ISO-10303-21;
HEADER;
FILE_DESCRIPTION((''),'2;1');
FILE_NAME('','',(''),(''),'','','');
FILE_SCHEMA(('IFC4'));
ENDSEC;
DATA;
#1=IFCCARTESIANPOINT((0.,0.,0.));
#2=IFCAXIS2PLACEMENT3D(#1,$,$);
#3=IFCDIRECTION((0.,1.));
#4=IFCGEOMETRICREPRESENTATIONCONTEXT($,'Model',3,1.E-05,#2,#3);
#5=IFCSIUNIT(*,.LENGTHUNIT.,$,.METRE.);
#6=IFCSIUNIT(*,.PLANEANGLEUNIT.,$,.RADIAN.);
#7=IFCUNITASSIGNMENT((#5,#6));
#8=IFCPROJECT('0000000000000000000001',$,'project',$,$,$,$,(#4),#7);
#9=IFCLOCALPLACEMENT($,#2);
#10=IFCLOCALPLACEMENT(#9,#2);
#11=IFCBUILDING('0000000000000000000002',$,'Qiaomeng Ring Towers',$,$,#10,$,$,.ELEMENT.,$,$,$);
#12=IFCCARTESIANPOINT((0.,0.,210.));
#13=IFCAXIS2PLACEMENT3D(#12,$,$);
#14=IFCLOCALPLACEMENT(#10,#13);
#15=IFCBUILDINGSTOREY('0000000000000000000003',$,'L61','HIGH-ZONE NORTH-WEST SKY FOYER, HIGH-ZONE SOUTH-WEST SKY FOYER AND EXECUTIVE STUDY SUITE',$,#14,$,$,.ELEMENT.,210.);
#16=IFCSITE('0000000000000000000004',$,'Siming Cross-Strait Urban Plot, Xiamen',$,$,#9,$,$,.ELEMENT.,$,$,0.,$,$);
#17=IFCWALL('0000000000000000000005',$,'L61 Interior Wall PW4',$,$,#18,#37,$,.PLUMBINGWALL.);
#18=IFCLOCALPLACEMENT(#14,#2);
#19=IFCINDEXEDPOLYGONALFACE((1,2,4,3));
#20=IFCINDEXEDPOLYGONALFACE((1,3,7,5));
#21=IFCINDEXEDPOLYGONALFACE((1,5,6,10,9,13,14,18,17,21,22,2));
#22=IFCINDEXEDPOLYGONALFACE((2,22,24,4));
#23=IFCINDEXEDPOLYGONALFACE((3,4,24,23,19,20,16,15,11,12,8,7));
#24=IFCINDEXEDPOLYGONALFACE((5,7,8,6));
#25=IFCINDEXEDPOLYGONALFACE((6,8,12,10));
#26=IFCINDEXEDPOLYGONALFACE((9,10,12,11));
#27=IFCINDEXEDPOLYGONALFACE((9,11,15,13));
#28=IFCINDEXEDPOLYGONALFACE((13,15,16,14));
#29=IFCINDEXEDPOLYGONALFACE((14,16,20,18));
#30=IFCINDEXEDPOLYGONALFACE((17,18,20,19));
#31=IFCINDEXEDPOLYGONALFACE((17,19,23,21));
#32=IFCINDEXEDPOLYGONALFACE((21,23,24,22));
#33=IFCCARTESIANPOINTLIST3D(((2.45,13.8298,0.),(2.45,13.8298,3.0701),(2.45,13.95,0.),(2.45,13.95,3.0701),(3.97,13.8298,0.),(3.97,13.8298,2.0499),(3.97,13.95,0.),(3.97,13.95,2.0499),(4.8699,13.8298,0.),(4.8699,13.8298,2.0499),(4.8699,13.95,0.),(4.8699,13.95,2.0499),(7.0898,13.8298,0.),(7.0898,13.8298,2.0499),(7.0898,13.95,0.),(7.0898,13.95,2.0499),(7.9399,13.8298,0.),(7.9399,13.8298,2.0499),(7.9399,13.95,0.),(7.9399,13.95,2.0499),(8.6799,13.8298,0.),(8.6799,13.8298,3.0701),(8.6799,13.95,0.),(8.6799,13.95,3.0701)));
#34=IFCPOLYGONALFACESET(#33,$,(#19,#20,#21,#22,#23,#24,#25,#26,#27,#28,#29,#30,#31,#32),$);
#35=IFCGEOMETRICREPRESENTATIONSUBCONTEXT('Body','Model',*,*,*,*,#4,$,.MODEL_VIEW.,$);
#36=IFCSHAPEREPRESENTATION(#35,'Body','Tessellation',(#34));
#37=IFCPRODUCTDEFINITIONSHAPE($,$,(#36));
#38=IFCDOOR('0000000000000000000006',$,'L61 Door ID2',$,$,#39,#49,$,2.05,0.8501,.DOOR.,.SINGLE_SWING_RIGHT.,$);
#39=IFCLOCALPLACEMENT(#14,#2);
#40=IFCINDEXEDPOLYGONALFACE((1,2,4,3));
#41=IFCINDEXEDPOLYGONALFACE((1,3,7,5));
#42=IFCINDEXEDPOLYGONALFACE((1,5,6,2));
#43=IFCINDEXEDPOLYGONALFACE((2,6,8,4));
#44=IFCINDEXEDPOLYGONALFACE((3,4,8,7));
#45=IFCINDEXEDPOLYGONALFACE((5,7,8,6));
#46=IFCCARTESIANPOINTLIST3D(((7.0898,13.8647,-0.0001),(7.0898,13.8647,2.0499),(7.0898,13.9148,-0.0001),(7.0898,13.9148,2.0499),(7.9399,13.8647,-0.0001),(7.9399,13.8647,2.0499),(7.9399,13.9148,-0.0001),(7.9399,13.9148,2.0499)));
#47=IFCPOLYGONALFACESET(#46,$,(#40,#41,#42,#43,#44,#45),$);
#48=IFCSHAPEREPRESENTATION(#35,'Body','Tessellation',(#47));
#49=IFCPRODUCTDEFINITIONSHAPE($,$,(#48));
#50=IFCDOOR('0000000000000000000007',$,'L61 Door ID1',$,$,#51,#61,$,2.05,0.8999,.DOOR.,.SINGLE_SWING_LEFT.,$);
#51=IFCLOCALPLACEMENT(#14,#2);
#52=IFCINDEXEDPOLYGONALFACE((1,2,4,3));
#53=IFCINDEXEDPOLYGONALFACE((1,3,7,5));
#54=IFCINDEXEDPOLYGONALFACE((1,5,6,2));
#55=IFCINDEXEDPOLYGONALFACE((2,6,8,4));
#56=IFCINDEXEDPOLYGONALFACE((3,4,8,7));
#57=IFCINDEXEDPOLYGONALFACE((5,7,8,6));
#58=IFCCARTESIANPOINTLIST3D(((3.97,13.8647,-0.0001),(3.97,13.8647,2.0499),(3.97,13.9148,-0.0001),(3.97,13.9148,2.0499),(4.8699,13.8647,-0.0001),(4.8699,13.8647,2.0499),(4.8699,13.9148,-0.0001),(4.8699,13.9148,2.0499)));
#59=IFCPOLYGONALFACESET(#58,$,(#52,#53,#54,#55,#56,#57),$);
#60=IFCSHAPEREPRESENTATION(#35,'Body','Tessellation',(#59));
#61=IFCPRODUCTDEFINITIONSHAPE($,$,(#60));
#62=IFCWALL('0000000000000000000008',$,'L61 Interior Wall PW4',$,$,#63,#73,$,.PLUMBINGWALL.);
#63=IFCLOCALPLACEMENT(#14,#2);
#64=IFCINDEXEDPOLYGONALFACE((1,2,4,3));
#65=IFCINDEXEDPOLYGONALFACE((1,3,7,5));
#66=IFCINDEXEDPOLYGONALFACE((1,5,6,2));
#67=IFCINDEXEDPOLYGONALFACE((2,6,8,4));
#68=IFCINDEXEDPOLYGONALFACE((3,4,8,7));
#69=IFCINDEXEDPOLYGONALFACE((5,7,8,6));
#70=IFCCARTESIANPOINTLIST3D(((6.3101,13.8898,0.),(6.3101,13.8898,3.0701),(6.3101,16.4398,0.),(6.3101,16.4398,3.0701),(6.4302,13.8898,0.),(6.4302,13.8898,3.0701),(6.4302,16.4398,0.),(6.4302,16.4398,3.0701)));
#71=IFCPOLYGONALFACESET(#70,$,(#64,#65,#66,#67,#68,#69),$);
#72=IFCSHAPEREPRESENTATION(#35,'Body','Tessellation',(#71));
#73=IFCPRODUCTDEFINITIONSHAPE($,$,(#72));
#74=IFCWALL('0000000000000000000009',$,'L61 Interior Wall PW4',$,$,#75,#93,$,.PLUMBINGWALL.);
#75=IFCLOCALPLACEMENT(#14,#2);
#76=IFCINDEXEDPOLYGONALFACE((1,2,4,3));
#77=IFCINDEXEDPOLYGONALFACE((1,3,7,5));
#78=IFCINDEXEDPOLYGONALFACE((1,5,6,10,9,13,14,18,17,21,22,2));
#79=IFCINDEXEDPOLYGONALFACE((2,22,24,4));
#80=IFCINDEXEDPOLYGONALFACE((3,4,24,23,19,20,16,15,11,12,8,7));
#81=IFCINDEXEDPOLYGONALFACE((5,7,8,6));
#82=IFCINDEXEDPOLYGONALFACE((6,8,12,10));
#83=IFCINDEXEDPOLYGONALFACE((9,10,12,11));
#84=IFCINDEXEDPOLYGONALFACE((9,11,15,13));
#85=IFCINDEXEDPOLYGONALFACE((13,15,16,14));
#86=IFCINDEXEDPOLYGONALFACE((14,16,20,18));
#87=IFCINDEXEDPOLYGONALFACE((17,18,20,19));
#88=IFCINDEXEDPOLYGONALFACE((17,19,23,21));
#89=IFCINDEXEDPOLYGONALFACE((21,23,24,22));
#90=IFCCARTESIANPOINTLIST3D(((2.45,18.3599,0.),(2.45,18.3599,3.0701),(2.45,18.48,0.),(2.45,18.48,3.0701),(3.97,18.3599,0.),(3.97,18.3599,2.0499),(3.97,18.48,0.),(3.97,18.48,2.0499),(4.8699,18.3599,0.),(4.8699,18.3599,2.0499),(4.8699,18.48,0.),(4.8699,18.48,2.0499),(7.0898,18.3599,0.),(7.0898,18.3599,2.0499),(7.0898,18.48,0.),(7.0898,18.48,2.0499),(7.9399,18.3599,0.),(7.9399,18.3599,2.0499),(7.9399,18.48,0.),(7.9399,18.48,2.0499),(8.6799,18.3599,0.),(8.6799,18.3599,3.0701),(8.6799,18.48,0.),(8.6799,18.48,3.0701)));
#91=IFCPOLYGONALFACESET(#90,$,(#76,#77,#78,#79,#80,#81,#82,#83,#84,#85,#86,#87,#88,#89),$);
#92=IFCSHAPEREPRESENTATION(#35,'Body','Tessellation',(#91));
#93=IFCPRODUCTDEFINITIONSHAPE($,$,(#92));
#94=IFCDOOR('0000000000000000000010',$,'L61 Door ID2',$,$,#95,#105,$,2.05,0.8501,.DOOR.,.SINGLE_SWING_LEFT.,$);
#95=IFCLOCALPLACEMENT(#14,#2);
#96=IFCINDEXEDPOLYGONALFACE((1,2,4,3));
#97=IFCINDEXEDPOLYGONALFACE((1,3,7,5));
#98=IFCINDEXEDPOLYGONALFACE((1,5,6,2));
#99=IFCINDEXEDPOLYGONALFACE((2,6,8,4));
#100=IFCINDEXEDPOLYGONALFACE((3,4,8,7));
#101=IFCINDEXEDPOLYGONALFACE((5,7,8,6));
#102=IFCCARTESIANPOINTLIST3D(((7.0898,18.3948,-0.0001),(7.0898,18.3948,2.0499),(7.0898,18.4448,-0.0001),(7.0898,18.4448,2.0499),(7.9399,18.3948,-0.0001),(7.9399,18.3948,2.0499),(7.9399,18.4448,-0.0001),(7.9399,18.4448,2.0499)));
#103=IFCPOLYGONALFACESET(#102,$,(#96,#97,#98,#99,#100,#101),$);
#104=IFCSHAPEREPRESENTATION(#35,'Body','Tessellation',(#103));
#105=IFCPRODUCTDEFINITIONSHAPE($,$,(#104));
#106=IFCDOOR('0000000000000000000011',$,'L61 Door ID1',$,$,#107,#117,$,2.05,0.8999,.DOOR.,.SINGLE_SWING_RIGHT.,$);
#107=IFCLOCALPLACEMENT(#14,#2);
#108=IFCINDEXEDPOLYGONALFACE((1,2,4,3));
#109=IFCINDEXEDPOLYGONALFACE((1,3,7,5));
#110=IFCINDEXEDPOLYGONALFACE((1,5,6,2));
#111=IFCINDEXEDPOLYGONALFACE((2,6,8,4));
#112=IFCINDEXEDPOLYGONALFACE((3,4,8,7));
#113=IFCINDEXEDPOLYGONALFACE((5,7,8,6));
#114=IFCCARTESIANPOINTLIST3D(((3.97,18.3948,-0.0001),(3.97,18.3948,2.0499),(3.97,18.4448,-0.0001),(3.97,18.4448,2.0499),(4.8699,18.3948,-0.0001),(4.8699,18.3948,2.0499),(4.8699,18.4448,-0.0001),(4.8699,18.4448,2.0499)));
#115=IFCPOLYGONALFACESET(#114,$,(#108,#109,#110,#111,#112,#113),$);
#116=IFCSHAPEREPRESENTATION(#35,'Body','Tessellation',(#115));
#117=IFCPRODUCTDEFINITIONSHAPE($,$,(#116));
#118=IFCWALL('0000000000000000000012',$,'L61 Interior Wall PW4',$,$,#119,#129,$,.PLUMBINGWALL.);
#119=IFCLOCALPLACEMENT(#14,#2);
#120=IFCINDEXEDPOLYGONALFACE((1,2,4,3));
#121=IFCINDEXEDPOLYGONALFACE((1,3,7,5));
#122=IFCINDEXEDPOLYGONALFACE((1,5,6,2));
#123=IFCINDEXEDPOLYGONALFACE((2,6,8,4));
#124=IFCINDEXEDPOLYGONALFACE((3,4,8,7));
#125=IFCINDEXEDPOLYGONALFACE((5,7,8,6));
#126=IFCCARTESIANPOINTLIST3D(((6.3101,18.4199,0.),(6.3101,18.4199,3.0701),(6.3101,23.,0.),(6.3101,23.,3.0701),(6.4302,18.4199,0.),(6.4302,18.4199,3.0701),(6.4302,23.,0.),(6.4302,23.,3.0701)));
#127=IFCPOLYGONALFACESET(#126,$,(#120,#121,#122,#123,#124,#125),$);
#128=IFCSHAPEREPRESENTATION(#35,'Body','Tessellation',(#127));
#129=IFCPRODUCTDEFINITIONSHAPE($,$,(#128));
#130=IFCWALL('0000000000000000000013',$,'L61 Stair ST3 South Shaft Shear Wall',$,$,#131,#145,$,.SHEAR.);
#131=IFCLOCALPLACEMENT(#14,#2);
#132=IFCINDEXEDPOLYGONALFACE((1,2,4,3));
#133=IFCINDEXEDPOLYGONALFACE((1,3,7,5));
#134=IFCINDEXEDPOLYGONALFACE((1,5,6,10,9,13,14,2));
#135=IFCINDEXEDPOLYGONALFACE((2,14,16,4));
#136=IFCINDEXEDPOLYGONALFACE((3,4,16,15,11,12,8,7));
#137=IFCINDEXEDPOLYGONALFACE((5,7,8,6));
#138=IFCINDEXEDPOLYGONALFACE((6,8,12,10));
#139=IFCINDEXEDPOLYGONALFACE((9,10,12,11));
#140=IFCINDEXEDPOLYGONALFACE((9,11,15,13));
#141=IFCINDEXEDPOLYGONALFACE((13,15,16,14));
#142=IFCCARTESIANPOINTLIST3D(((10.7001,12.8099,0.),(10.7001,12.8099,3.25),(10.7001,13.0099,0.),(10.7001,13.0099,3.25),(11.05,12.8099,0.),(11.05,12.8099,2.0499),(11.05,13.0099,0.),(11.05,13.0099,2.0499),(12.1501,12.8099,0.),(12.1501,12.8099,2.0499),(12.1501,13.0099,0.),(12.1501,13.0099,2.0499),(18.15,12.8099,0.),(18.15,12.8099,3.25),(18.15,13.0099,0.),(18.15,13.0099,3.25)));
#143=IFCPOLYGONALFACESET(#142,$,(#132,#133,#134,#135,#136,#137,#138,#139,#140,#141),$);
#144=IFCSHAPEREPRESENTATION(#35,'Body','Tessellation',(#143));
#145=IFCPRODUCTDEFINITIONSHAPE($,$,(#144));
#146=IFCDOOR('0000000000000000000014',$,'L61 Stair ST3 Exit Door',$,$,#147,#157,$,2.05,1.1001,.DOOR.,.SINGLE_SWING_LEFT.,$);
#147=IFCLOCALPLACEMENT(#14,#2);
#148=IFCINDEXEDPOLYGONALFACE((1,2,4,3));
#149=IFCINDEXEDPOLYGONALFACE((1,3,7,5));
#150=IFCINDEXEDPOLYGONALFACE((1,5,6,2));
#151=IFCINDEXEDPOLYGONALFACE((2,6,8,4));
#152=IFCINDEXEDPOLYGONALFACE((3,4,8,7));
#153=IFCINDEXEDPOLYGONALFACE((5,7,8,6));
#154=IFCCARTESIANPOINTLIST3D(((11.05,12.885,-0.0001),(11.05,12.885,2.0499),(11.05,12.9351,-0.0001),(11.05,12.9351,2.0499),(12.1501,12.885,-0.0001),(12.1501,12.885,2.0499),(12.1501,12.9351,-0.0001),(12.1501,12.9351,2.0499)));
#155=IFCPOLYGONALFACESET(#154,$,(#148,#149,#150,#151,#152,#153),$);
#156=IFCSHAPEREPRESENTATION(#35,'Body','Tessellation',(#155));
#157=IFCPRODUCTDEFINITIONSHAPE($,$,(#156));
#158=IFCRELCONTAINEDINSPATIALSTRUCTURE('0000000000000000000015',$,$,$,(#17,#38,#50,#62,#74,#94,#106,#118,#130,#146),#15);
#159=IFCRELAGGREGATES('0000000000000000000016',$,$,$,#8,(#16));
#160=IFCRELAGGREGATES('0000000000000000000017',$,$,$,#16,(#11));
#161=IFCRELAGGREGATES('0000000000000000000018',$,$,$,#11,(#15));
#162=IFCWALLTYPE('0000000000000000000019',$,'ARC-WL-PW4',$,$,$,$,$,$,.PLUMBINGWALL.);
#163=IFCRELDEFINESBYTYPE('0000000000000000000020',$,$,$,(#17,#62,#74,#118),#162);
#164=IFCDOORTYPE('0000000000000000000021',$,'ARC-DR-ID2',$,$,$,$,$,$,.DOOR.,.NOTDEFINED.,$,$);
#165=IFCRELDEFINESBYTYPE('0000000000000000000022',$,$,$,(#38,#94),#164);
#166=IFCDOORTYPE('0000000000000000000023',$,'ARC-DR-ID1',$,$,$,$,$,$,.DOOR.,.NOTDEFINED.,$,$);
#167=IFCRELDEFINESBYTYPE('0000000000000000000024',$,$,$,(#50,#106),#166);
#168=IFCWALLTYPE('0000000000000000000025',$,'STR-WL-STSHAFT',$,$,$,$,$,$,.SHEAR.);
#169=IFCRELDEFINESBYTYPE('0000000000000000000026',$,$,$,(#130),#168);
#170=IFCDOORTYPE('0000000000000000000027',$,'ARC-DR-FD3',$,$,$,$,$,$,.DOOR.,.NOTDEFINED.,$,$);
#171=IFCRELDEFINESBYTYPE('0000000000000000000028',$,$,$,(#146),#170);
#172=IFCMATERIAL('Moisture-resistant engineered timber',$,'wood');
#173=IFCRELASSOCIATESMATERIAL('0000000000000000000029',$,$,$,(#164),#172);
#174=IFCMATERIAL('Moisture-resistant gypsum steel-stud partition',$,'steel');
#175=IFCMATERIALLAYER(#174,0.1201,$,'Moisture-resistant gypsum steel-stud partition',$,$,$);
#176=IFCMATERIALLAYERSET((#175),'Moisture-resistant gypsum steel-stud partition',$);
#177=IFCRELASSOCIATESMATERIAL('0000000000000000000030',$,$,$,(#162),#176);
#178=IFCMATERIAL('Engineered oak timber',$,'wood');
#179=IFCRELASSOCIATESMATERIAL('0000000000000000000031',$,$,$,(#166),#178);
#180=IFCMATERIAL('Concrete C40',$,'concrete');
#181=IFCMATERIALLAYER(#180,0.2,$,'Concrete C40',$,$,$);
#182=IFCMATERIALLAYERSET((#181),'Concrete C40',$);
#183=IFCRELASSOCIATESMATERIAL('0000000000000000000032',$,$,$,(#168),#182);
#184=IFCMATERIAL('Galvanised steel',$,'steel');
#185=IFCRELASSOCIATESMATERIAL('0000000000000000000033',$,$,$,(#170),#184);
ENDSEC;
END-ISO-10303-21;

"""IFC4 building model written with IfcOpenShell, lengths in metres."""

from ifc_helpers import new_model, si_unit, direction, frame, frame_2d, origin, place, context, subcontext, project, spatial, rectangle, extrude, source, transform, mapped, material, layer, layer_set, type_object, element, fill, save


model = new_model("IFC4")

# Units and contexts
model_context = context("Model", 3, precision=1e-05, world=origin(), true_north=direction((0.0, 1.0)))
body_context = subcontext(model_context, "Body", "Model", "MODEL_VIEW")
ifc_project = project(units=[si_unit("LENGTHUNIT", "METRE"), si_unit("PLANEANGLEUNIT", "RADIAN")], contexts=[model_context])

# Site, building, storey
site_placement = place(None, origin())
site = spatial("IfcSite", under=ifc_project, at=site_placement, Name="Siming Cross-Strait Urban Plot, Xiamen", CompositionType="ELEMENT", RefElevation=0.0)
building_placement = place(site_placement, origin())
building = spatial("IfcBuilding", under=site, at=building_placement, Name="Qiaomeng Ring Towers", CompositionType="ELEMENT")
storey_placement = place(building_placement, frame((0.0, 0.0, 210.0)))
storey = spatial("IfcBuildingStorey", under=building, at=storey_placement, Name="L61", Description="HIGH-ZONE NORTH-WEST SKY FOYER, HIGH-ZONE SOUTH-WEST SKY FOYER AND EXECUTIVE STUDY SUITE", CompositionType="ELEMENT", Elevation=210.0)

# Shared definitions
ifc_material_1 = material(Name="Concrete C40", Category="concrete")

# Shared definitions
ifc_material_2 = material(Name="Moisture-resistant engineered timber", Category="wood")
door_type_1 = type_object("IfcDoorType", Name="ARC-DR-ID2", OperationType="NOTDEFINED", PredefinedType="DOOR", material=ifc_material_2)
shared_shape_1 = source(origin(), body_context, "Body", "SweptSolid", [
    extrude(rectangle(XDim=0.8501, YDim=2.05, at=frame_2d((0.425, 1.0249))), frame((0.0, 0.0249, 0.0), z_axis=(0.0, -1.0, 0.0), x_axis=(1.0, 0.0, 0.0)), (0.0, 0.0, 1.0), 0.05),
])

# Wall, openings, doors
ifc_material_3 = material(Name="Moisture-resistant gypsum steel-stud partition", Category="steel")
ifc_layer_1 = layer(ifc_material_3, 0.1201, Name="Moisture-resistant gypsum steel-stud partition")
ifc_layer_set_1 = layer_set([ifc_layer_1], Name="Moisture-resistant gypsum steel-stud partition")
wall_type_1 = type_object("IfcWallType", Name="ARC-WL-PW4", PredefinedType="PLUMBINGWALL", material=ifc_layer_set_1)
wall_1_placement = place(storey_placement, frame((2.45, 13.8899, 0.0), z_axis=(0.0, 0.0, 1.0), x_axis=(1.0, 0.0, 0.0)))
wall_1 = element("IfcWall", 1, at=wall_1_placement, inside=storey, type_object=wall_type_1, Name="L61 Interior Wall PW4", PredefinedType="PLUMBINGWALL", context=body_context, shape_type="SweptSolid", body=[
    extrude(rectangle(XDim=6.23, YDim=0.1201, at=frame_2d((3.115, 0.0))), origin(), (0.0, 0.0, 1.0), 3.0701),
])
opening_1_placement = place(wall_1_placement, frame((1.52, 0.0, 0.0)))
opening_1 = element("IfcOpeningElement", 2, at=opening_1_placement, cuts=wall_1, PredefinedType="OPENING", context=body_context, shape_type="SweptSolid", body=[
    extrude(rectangle(XDim=0.8999, YDim=2.05, at=frame_2d((0.45, 1.0249))), frame((0.0, 0.0701, 0.0), z_axis=(0.0, -1.0, 0.0), x_axis=(1.0, 0.0, 0.0)), (0.0, 0.0, 1.0), 0.1401),
])
opening_2_placement = place(wall_1_placement, frame((4.6399, 0.0, 0.0)))
opening_2 = element("IfcOpeningElement", 3, at=opening_2_placement, cuts=wall_1, PredefinedType="OPENING", context=body_context, shape_type="SweptSolid", body=[
    extrude(rectangle(XDim=0.8501, YDim=2.05, at=frame_2d((0.425, 1.0249))), frame((0.0, 0.0701, 0.0), z_axis=(0.0, -1.0, 0.0), x_axis=(1.0, 0.0, 0.0)), (0.0, 0.0, 1.0), 0.1401),
])
door_1_placement = place(opening_2_placement, origin())
door_1 = element("IfcDoor", 4, at=door_1_placement, inside=storey, type_object=door_type_1, Name="L61 Door ID2", OperationType="SINGLE_SWING_RIGHT", OverallHeight=2.05, OverallWidth=0.8501, PredefinedType="DOOR", context=body_context, shape_type="MappedRepresentation", body=[
    mapped(shared_shape_1, transform((0.0, 0.0, 0.0), x_axis=(1.0, 0.0, 0.0), y_axis=(0.0, 1.0, 0.0), z_axis=(0.0, 0.0, 1.0), scale=1.0)),
])
fill(opening_2, door_1)
ifc_material_4 = material(Name="Engineered oak timber", Category="wood")
door_type_2 = type_object("IfcDoorType", Name="ARC-DR-ID1", OperationType="NOTDEFINED", PredefinedType="DOOR", material=ifc_material_4)
shared_shape_2 = source(origin(), body_context, "Body", "SweptSolid", [
    extrude(rectangle(XDim=0.8999, YDim=2.05, at=frame_2d((0.45, 1.0249))), frame((0.0, 0.0249, 0.0), z_axis=(0.0, -1.0, 0.0), x_axis=(1.0, 0.0, 0.0)), (0.0, 0.0, 1.0), 0.05),
])
door_2_placement = place(opening_1_placement, origin())
door_2 = element("IfcDoor", 5, at=door_2_placement, inside=storey, type_object=door_type_2, Name="L61 Door ID1", OperationType="SINGLE_SWING_LEFT", OverallHeight=2.05, OverallWidth=0.8999, PredefinedType="DOOR", context=body_context, shape_type="MappedRepresentation", body=[
    mapped(shared_shape_2, transform((0.0, 0.0, 0.0), x_axis=(1.0, 0.0, 0.0), y_axis=(0.0, 1.0, 0.0), z_axis=(0.0, 0.0, 1.0), scale=1.0)),
])
fill(opening_1, door_2)

# Wall
wall_2_placement = place(storey_placement, frame((6.3701, 13.8899, 0.0), z_axis=(0.0, 0.0, 1.0), x_axis=(0.0, 1.0, 0.0)))
element("IfcWall", 6, at=wall_2_placement, inside=storey, type_object=wall_type_1, Name="L61 Interior Wall PW4", PredefinedType="PLUMBINGWALL", context=body_context, shape_type="SweptSolid", body=[
    extrude(rectangle(XDim=2.55, YDim=0.1201, at=frame_2d((1.2749, 0.0))), origin(), (0.0, 0.0, 1.0), 3.0701),
])

# Wall, openings, doors
wall_3_placement = place(storey_placement, frame((2.45, 18.4199, 0.0), z_axis=(0.0, 0.0, 1.0), x_axis=(1.0, 0.0, 0.0)))
wall_3 = element("IfcWall", 7, at=wall_3_placement, inside=storey, type_object=wall_type_1, Name="L61 Interior Wall PW4", PredefinedType="PLUMBINGWALL", context=body_context, shape_type="SweptSolid", body=[
    extrude(rectangle(XDim=6.23, YDim=0.1201, at=frame_2d((3.115, 0.0))), origin(), (0.0, 0.0, 1.0), 3.0701),
])
opening_3_placement = place(wall_3_placement, frame((1.52, 0.0, 0.0)))
opening_3 = element("IfcOpeningElement", 8, at=opening_3_placement, cuts=wall_3, PredefinedType="OPENING", context=body_context, shape_type="SweptSolid", body=[
    extrude(rectangle(XDim=0.8999, YDim=2.05, at=frame_2d((0.45, 1.0249))), frame((0.0, 0.0701, 0.0), z_axis=(0.0, -1.0, 0.0), x_axis=(1.0, 0.0, 0.0)), (0.0, 0.0, 1.0), 0.1401),
])
opening_4_placement = place(wall_3_placement, frame((4.6399, 0.0, 0.0)))
opening_4 = element("IfcOpeningElement", 9, at=opening_4_placement, cuts=wall_3, PredefinedType="OPENING", context=body_context, shape_type="SweptSolid", body=[
    extrude(rectangle(XDim=0.8501, YDim=2.05, at=frame_2d((0.425, 1.0249))), frame((0.0, 0.0701, 0.0), z_axis=(0.0, -1.0, 0.0), x_axis=(1.0, 0.0, 0.0)), (0.0, 0.0, 1.0), 0.1401),
])
door_3_placement = place(opening_4_placement, origin())
door_3 = element("IfcDoor", 10, at=door_3_placement, inside=storey, type_object=door_type_1, Name="L61 Door ID2", OperationType="SINGLE_SWING_LEFT", OverallHeight=2.05, OverallWidth=0.8501, PredefinedType="DOOR", context=body_context, shape_type="MappedRepresentation", body=[
    mapped(shared_shape_1, transform((0.0, 0.0, 0.0), x_axis=(1.0, 0.0, 0.0), y_axis=(0.0, 1.0, 0.0), z_axis=(0.0, 0.0, 1.0), scale=1.0)),
])
fill(opening_4, door_3)
door_4_placement = place(opening_3_placement, origin())
door_4 = element("IfcDoor", 11, at=door_4_placement, inside=storey, type_object=door_type_2, Name="L61 Door ID1", OperationType="SINGLE_SWING_RIGHT", OverallHeight=2.05, OverallWidth=0.8999, PredefinedType="DOOR", context=body_context, shape_type="MappedRepresentation", body=[
    mapped(shared_shape_2, transform((0.0, 0.0, 0.0), x_axis=(1.0, 0.0, 0.0), y_axis=(0.0, 1.0, 0.0), z_axis=(0.0, 0.0, 1.0), scale=1.0)),
])
fill(opening_3, door_4)

# Wall
wall_4_placement = place(storey_placement, frame((6.3701, 18.4199, 0.0), z_axis=(0.0, 0.0, 1.0), x_axis=(0.0, 1.0, 0.0)))
element("IfcWall", 12, at=wall_4_placement, inside=storey, type_object=wall_type_1, Name="L61 Interior Wall PW4", PredefinedType="PLUMBINGWALL", context=body_context, shape_type="SweptSolid", body=[
    extrude(rectangle(XDim=4.5801, YDim=0.1201, at=frame_2d((2.29, 0.0))), origin(), (0.0, 0.0, 1.0), 3.0701),
])

# Wall, opening, door
ifc_layer_2 = layer(ifc_material_1, 0.2, Name="Concrete C40")
ifc_layer_set_2 = layer_set([ifc_layer_2], Name="Concrete C40")
wall_type_2 = type_object("IfcWallType", Name="STR-WL-STSHAFT", PredefinedType="SHEAR", material=ifc_layer_set_2)
wall_5_placement = place(storey_placement, frame((10.7, 12.9099, 0.0), z_axis=(0.0, 0.0, 1.0), x_axis=(1.0, 0.0, 0.0)))
wall_5 = element("IfcWall", 13, at=wall_5_placement, inside=storey, type_object=wall_type_2, Name="L61 Stair ST3 South Shaft Shear Wall", PredefinedType="SHEAR", context=body_context, shape_type="SweptSolid", body=[
    extrude(rectangle(XDim=7.45, YDim=0.2, at=frame_2d((3.7251, 0.0))), origin(), (0.0, 0.0, 1.0), 3.25),
])
opening_5_placement = place(wall_5_placement, frame((0.3501, 0.0, 0.0)))
opening_5 = element("IfcOpeningElement", 14, at=opening_5_placement, cuts=wall_5, PredefinedType="OPENING", context=body_context, shape_type="SweptSolid", body=[
    extrude(rectangle(XDim=1.1001, YDim=2.05, at=frame_2d((0.55, 1.0249))), frame((0.0, 0.1099, 0.0), z_axis=(0.0, -1.0, 0.0), x_axis=(1.0, 0.0, 0.0)), (0.0, 0.0, 1.0), 0.22),
])
ifc_material_5 = material(Name="Galvanised steel", Category="steel")
door_type_3 = type_object("IfcDoorType", Name="ARC-DR-FD3", OperationType="NOTDEFINED", PredefinedType="DOOR", material=ifc_material_5)
shared_shape_3 = source(origin(), body_context, "Body", "SweptSolid", [
    extrude(rectangle(XDim=1.1001, YDim=2.05, at=frame_2d((0.55, 1.0249))), frame((0.0, 0.0249, 0.0), z_axis=(0.0, -1.0, 0.0), x_axis=(1.0, 0.0, 0.0)), (0.0, 0.0, 1.0), 0.05),
])
door_5_placement = place(opening_5_placement, frame((1.1001, 0.0, 0.0), z_axis=(0.0, 0.0, 1.0), x_axis=(-1.0, 0.0, 0.0)))
door_5 = element("IfcDoor", 15, at=door_5_placement, inside=storey, type_object=door_type_3, Name="L61 Stair ST3 Exit Door", OperationType="SINGLE_SWING_LEFT", OverallHeight=2.05, OverallWidth=1.1001, PredefinedType="DOOR", context=body_context, shape_type="MappedRepresentation", body=[
    mapped(shared_shape_3, transform((0.0, 0.0, 0.0), x_axis=(1.0, 0.0, 0.0), y_axis=(0.0, 1.0, 0.0), z_axis=(0.0, 0.0, 1.0), scale=1.0)),
])
fill(opening_5, door_5)

save(model, "model.ifc")
